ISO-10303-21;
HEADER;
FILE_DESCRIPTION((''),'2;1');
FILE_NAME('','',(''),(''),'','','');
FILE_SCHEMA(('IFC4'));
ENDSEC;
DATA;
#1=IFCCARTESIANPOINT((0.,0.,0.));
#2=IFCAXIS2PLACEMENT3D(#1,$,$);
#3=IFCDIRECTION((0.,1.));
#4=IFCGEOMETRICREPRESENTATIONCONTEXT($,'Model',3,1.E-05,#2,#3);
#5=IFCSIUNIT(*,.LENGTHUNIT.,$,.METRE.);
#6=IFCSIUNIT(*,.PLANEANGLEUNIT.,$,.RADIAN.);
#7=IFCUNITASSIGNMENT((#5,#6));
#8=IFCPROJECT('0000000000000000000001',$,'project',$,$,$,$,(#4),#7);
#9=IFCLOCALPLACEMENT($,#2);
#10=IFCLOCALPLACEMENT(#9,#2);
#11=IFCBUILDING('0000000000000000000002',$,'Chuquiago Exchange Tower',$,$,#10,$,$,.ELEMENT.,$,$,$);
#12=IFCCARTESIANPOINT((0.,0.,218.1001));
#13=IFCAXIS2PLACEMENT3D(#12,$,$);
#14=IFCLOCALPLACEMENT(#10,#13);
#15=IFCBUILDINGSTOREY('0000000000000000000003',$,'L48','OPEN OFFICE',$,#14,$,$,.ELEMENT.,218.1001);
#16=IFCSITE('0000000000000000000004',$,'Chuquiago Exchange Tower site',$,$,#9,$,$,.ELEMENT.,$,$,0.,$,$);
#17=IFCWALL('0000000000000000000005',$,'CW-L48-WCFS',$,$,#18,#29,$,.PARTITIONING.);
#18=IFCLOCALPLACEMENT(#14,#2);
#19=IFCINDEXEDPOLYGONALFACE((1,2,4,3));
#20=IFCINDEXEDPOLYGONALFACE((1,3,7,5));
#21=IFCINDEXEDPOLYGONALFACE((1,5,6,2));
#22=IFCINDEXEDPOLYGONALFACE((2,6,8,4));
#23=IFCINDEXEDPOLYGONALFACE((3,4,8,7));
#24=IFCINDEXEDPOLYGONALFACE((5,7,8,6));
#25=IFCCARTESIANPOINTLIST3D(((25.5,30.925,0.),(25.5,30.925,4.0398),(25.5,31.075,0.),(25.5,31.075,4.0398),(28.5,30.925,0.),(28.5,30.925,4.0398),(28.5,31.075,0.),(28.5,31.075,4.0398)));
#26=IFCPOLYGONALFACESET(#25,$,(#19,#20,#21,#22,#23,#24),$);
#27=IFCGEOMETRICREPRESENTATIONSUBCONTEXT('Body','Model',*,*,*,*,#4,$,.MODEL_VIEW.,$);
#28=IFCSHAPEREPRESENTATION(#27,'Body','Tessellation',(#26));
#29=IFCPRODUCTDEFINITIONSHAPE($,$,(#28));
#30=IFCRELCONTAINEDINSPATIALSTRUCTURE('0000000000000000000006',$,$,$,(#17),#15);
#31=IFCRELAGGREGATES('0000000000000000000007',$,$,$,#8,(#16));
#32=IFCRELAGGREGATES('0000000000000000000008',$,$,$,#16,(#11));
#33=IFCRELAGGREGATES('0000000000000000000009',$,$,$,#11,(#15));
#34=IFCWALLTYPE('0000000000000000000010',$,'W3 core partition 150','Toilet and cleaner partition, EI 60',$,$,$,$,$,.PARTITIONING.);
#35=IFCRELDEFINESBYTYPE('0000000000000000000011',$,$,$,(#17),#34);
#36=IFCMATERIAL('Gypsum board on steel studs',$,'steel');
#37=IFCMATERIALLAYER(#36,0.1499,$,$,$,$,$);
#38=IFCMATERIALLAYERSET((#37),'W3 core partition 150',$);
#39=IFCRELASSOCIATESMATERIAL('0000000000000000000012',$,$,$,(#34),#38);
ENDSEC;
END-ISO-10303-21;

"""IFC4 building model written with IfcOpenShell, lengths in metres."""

from ifc_helpers import new_model, si_unit, direction, frame, frame_2d, origin, place, context, subcontext, project, spatial, rectangle, extrude, material, layer, layer_set, type_object, element, save


model = new_model("IFC4")

# Units and contexts
model_context = context("Model", 3, precision=1e-05, world=origin(), true_north=direction((0.0, 1.0)))
body_context = subcontext(model_context, "Body", "Model", "MODEL_VIEW")
ifc_project = project(units=[si_unit("LENGTHUNIT", "METRE"), si_unit("PLANEANGLEUNIT", "RADIAN")], contexts=[model_context])

# Site, building, storey
site_placement = place(None, origin())
site = spatial("IfcSite", under=ifc_project, at=site_placement, Name="Chuquiago Exchange Tower site", CompositionType="ELEMENT", RefElevation=0.0)
building_placement = place(site_placement, origin())
building = spatial("IfcBuilding", under=site, at=building_placement, Name="Chuquiago Exchange Tower", CompositionType="ELEMENT")
storey_placement = place(building_placement, frame((0.0, 0.0, 218.1001)))
storey = spatial("IfcBuildingStorey", under=building, at=storey_placement, Name="L48", Description="OPEN OFFICE", CompositionType="ELEMENT", Elevation=218.1001)

# Shared definitions
ifc_material_1 = material(Name="Gypsum board on steel studs", Category="steel")
ifc_layer_1 = layer(ifc_material_1, 0.1499)
ifc_layer_set_1 = layer_set([ifc_layer_1], Name="W3 core partition 150")
wall_type_1 = type_object("IfcWallType", Name="W3 core partition 150", Description="Toilet and cleaner partition, EI 60", PredefinedType="PARTITIONING", material=ifc_layer_set_1)

# Wall
wall_1_placement = place(storey_placement, frame((25.5, 31.0, 0.0), z_axis=(0.0, 0.0, 1.0), x_axis=(1.0, 0.0, 0.0)))
element("IfcWall", 1, at=wall_1_placement, inside=storey, type_object=wall_type_1, Name="CW-L48-WCFS", PredefinedType="PARTITIONING", context=body_context, shape_type="SweptSolid", body=[
    extrude(rectangle(XDim=3.0, YDim=0.1499, at=frame_2d((1.5, 0.0))), origin(), (0.0, 0.0, 1.0), 4.0398),
])

save(model, "model.ifc")
